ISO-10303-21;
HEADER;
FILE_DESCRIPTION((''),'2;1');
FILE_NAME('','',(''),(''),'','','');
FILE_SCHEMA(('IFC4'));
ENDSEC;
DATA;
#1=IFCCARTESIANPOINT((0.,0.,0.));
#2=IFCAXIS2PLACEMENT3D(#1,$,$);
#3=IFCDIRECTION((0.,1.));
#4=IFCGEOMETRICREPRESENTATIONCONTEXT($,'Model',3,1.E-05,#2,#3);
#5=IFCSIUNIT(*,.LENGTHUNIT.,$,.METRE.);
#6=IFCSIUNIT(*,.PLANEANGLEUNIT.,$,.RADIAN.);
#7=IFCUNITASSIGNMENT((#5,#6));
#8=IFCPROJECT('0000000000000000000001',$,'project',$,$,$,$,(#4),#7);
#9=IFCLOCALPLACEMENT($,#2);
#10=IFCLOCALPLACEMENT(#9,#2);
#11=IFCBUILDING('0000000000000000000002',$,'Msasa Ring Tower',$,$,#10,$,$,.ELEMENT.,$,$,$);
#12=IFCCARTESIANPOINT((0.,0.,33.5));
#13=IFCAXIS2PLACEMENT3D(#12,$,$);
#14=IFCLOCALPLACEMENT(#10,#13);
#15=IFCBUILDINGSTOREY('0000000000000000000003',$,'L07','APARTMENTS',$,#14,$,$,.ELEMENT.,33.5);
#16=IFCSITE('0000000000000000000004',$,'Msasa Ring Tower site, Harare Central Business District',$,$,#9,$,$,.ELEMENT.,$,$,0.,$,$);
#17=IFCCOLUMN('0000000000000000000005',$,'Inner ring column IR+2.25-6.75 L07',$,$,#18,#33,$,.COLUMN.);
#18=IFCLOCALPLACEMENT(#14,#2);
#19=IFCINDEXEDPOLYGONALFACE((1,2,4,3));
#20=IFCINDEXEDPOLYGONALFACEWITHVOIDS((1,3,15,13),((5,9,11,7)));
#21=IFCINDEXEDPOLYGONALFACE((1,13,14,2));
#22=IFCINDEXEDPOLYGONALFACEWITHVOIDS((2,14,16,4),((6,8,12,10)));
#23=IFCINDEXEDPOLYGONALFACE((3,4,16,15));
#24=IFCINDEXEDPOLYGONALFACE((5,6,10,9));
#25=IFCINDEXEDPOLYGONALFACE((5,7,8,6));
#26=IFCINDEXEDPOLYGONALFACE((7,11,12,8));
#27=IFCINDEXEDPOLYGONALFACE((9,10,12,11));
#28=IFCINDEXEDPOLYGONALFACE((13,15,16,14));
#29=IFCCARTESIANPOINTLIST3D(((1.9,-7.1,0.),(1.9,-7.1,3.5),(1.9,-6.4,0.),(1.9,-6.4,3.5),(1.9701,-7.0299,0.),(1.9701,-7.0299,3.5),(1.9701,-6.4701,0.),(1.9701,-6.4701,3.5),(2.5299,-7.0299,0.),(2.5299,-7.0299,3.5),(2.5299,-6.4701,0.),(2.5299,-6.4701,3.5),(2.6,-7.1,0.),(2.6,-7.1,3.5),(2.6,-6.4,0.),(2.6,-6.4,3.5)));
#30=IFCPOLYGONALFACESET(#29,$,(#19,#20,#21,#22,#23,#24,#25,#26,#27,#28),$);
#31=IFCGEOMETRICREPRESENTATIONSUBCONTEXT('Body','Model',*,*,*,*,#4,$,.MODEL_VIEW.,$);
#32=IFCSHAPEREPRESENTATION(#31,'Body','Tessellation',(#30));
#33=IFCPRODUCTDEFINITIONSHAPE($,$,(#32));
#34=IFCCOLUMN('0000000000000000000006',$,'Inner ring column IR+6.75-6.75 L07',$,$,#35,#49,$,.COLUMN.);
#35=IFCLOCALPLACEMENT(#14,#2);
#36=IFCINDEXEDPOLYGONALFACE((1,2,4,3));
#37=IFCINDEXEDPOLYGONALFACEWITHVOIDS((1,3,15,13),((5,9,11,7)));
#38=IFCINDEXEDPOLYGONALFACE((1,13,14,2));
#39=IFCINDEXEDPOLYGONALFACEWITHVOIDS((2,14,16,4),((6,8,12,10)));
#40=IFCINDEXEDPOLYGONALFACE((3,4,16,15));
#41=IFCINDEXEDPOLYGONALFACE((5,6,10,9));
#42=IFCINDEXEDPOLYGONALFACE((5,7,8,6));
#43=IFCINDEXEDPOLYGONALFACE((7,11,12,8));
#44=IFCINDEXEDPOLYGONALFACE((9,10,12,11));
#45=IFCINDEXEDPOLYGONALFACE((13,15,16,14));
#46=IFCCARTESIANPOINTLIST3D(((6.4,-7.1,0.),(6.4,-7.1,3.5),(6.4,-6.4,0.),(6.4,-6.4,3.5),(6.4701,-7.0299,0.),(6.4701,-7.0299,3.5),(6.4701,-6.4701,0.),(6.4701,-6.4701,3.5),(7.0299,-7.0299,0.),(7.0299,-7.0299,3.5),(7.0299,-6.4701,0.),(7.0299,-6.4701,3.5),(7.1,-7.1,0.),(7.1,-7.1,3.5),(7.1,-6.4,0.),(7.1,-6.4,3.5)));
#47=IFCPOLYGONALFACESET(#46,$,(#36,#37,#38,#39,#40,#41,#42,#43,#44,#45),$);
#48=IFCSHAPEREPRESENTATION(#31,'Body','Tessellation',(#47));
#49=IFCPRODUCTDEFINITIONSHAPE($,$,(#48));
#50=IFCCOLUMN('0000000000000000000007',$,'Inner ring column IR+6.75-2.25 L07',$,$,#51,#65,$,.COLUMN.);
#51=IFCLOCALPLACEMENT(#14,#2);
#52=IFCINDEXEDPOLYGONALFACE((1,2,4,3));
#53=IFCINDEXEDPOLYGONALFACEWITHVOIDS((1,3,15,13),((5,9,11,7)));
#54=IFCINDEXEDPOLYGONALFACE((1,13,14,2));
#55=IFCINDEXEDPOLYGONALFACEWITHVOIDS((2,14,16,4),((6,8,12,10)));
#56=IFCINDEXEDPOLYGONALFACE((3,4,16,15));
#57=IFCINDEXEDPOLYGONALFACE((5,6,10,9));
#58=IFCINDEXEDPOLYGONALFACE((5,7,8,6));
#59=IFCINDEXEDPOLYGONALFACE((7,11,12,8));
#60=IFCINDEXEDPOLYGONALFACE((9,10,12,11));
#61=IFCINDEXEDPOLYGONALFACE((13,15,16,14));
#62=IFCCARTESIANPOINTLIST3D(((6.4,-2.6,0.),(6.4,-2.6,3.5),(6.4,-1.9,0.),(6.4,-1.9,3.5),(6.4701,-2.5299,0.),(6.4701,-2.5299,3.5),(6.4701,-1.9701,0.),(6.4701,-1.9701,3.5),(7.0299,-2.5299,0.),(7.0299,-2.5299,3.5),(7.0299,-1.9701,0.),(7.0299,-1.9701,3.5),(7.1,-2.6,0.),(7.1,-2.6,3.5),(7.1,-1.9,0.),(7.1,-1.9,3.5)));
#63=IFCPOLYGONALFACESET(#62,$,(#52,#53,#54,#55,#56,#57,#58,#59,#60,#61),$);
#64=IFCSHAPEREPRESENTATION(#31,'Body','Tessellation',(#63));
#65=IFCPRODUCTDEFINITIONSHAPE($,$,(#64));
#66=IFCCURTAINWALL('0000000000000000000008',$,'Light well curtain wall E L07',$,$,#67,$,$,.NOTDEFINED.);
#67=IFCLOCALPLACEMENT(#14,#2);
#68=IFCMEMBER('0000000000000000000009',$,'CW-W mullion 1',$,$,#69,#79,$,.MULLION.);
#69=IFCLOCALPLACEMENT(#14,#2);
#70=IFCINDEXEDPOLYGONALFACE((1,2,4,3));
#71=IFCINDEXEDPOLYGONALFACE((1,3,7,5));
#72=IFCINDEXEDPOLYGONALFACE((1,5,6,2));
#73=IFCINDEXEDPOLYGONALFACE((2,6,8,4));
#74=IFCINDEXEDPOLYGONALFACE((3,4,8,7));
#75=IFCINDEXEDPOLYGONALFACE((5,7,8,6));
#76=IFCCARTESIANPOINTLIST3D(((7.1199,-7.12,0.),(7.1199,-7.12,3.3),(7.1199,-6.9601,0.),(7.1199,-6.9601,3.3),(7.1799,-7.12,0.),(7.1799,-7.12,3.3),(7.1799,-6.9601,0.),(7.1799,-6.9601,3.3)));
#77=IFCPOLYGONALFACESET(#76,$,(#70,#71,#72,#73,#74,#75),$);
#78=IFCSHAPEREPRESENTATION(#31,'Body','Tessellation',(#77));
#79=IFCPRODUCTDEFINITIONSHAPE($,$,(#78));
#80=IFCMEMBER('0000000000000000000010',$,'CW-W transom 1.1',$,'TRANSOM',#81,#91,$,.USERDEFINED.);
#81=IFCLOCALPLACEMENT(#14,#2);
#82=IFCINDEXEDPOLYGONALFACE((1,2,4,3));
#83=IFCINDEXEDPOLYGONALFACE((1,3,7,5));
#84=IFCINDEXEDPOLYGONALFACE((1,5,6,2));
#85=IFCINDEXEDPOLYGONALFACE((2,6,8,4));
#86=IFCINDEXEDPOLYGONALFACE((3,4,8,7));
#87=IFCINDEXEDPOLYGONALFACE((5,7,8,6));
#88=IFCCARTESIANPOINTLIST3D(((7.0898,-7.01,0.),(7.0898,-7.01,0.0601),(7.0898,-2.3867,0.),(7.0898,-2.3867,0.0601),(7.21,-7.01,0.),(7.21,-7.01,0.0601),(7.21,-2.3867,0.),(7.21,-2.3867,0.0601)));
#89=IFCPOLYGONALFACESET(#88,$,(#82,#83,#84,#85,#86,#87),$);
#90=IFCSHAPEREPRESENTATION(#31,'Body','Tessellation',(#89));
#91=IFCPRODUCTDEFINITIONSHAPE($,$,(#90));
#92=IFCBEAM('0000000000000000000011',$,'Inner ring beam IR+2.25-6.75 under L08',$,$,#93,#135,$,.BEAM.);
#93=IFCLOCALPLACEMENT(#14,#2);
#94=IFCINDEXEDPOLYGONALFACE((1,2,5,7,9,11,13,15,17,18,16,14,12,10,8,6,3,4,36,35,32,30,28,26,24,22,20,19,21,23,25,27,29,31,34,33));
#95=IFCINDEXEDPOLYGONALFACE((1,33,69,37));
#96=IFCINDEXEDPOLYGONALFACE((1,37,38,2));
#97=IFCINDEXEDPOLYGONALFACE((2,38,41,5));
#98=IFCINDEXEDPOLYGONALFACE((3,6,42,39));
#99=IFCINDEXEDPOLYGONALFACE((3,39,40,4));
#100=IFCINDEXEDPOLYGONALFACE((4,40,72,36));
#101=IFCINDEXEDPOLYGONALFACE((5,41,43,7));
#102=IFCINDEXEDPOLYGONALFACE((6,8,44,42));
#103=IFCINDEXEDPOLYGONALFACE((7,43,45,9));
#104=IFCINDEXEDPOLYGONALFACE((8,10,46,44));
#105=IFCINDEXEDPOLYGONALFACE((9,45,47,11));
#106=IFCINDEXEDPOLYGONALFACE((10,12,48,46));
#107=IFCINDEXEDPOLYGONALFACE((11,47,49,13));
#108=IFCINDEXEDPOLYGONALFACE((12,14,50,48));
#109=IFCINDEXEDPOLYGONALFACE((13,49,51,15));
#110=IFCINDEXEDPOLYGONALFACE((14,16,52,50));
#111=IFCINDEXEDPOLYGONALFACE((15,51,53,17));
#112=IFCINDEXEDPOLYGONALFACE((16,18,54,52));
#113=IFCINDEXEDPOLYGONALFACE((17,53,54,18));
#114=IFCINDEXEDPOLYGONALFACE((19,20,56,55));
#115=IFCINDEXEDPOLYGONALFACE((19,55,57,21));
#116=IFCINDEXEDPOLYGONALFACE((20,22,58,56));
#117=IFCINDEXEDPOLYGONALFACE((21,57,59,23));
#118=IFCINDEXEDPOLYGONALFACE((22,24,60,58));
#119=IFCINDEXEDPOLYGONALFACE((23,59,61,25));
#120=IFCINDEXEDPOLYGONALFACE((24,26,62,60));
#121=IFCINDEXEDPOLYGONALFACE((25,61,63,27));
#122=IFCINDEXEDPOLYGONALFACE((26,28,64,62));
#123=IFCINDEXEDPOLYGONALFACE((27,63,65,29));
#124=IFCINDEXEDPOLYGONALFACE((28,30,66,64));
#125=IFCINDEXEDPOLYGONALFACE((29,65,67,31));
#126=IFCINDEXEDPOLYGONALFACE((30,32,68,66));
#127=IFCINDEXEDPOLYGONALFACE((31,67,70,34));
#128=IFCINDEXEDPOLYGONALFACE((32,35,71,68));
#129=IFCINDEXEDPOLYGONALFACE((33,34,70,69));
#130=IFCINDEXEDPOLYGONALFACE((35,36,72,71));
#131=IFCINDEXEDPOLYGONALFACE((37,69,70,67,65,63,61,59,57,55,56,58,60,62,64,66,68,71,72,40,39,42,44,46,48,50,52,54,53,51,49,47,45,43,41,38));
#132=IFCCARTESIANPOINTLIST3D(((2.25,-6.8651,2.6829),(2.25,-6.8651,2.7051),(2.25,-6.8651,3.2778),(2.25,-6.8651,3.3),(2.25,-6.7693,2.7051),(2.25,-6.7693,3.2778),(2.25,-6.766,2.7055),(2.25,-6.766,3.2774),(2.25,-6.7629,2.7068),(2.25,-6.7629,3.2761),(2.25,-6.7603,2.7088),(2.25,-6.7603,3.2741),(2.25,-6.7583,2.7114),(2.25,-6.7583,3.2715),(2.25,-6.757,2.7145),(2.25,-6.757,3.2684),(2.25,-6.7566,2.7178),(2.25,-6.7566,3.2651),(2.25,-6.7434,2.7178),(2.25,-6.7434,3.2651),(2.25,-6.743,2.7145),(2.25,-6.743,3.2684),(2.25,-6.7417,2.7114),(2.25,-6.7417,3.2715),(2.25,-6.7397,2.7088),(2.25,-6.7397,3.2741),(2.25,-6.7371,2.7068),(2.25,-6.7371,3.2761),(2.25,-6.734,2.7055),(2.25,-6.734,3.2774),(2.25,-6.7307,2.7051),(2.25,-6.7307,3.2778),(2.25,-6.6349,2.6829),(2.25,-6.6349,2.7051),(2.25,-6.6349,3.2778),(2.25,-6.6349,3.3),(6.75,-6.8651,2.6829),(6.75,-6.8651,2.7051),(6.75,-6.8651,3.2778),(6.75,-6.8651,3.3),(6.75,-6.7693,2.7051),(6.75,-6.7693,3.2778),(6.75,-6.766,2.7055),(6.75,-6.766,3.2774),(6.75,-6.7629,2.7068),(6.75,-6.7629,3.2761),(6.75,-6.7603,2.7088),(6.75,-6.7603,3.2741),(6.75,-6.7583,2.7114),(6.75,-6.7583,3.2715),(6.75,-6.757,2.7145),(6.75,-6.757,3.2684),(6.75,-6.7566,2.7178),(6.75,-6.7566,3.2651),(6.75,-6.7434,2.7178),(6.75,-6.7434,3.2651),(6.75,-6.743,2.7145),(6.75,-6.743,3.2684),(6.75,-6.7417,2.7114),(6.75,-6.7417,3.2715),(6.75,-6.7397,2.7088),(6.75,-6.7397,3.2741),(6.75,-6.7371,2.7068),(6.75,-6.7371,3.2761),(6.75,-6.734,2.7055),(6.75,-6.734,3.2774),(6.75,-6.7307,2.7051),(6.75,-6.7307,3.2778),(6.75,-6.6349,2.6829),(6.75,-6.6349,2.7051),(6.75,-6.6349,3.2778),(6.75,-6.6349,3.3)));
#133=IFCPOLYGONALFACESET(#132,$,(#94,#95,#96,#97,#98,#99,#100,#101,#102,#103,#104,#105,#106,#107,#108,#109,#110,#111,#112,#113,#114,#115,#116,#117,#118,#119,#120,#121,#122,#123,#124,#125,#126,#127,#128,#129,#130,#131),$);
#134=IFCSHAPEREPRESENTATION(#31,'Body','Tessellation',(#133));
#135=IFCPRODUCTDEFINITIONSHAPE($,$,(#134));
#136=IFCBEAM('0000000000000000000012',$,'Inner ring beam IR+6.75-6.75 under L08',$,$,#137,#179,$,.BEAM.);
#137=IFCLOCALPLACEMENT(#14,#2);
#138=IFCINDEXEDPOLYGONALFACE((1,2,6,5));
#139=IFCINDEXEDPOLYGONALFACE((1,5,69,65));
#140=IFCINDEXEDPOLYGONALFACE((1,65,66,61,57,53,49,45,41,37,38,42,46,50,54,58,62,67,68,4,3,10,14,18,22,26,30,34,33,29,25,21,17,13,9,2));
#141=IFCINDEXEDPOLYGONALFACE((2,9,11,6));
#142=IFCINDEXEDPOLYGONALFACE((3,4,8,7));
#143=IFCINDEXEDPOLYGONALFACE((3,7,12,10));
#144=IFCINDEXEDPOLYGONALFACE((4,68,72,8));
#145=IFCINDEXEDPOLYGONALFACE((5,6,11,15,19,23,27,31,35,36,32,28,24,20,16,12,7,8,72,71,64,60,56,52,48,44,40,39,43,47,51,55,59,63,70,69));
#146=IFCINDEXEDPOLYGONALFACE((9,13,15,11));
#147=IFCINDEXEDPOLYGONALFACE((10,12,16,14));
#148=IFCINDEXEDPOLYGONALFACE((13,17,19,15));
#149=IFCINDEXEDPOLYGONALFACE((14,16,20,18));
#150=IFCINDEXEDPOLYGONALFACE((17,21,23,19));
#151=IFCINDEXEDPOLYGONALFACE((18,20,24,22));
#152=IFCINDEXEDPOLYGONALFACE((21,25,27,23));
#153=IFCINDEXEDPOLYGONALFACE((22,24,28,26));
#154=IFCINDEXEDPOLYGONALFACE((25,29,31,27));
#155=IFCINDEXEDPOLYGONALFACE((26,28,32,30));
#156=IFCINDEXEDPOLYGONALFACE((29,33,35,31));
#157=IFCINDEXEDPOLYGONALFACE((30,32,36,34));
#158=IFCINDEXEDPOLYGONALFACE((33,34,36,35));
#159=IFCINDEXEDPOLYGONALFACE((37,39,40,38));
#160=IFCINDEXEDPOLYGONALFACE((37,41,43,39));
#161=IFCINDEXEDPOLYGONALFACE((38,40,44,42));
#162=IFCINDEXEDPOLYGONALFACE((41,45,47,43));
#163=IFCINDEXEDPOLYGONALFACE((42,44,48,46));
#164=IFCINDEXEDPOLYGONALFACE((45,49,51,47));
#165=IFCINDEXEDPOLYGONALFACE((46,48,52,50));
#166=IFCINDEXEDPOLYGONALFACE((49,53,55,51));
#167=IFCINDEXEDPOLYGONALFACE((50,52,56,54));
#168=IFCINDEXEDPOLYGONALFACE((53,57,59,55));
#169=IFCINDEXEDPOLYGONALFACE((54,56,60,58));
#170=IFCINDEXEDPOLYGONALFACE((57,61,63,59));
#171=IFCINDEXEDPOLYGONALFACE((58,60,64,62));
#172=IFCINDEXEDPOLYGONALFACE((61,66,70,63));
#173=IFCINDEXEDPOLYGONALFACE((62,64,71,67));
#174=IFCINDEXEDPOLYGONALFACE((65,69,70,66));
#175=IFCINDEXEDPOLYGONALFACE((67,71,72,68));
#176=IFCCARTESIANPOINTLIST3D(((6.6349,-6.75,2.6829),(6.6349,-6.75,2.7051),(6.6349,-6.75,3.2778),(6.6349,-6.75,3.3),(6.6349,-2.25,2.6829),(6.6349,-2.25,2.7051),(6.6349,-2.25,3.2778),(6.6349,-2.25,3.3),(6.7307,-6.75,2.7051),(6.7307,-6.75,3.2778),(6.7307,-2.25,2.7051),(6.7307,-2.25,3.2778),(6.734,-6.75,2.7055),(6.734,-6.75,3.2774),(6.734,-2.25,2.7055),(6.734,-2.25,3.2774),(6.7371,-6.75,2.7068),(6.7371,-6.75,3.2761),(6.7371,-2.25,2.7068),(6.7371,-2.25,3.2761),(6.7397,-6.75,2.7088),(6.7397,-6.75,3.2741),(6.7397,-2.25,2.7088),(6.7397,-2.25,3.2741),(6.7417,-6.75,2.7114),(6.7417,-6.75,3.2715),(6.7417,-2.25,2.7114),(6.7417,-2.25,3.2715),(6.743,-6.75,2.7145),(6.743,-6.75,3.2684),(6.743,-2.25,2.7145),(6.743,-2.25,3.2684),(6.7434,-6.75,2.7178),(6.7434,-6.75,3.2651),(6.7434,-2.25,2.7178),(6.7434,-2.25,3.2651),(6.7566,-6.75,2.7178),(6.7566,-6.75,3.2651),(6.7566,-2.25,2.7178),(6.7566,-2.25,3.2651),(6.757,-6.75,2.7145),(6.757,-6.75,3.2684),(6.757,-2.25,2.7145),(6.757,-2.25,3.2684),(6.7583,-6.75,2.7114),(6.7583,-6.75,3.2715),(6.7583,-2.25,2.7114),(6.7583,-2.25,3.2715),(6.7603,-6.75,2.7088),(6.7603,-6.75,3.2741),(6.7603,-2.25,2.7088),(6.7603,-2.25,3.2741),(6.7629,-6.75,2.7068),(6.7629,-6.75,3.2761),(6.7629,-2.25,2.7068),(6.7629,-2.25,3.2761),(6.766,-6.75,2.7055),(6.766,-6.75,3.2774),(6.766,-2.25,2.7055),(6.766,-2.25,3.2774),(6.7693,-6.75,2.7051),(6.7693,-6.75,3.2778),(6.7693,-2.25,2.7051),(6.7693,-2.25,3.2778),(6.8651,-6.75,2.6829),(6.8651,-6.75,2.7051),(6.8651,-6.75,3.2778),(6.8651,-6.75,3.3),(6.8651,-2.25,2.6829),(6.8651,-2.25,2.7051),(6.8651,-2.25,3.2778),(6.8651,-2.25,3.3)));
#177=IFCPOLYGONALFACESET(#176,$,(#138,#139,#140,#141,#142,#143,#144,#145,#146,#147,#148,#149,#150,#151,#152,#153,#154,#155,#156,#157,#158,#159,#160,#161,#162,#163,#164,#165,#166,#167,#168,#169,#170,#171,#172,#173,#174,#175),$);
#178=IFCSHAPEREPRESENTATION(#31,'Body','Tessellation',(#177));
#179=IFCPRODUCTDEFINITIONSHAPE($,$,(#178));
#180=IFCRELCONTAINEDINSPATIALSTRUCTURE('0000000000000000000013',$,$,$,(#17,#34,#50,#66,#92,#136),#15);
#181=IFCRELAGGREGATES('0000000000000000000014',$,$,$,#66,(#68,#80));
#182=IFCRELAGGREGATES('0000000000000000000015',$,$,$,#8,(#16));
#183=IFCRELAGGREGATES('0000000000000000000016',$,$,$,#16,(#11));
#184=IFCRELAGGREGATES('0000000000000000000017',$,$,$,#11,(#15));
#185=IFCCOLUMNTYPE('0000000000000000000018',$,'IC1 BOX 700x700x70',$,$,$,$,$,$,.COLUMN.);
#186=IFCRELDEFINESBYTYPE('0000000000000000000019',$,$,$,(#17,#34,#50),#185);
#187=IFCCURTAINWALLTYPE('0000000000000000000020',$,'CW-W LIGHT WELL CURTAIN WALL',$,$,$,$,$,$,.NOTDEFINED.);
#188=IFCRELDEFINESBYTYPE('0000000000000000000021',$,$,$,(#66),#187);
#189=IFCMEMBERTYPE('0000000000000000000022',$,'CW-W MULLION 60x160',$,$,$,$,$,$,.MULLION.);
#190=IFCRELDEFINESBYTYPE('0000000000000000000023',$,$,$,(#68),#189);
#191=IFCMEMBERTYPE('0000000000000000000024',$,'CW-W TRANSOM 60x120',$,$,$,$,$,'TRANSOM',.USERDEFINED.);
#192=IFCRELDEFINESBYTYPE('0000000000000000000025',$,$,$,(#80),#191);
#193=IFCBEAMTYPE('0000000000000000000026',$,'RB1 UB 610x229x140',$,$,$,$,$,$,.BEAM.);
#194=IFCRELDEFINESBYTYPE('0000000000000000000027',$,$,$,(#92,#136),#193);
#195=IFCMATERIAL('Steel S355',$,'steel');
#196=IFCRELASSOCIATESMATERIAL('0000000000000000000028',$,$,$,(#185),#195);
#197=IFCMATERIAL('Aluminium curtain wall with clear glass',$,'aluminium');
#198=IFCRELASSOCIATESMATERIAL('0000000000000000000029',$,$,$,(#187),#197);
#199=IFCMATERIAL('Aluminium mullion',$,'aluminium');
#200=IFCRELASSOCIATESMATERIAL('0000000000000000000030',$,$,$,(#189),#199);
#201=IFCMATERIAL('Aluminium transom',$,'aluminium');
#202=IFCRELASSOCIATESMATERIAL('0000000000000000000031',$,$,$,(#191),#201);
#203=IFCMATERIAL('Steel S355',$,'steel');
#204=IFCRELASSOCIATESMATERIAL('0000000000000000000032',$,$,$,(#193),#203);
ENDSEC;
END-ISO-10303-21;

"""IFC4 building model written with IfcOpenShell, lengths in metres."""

from ifc_helpers import new_model, si_unit, direction, frame, origin, origin_2d, place, context, subcontext, project, spatial, rectangle, hollow_rectangle, i_section, extrude, material, material_profile, profile_set, type_object, element, aggregate, save


model = new_model("IFC4")

# Units and contexts
model_context = context("Model", 3, precision=1e-05, world=origin(), true_north=direction((0.0, 1.0)))
body_context = subcontext(model_context, "Body", "Model", "MODEL_VIEW")
ifc_project = project(units=[si_unit("LENGTHUNIT", "METRE"), si_unit("PLANEANGLEUNIT", "RADIAN")], contexts=[model_context])

# Site, building, storey
site_placement = place(None, origin())
site = spatial("IfcSite", under=ifc_project, at=site_placement, Name="Msasa Ring Tower site, Harare Central Business District", CompositionType="ELEMENT", RefElevation=0.0)
building_placement = place(site_placement, origin())
building = spatial("IfcBuilding", under=site, at=building_placement, Name="Msasa Ring Tower", CompositionType="ELEMENT")
storey_placement = place(building_placement, frame((0.0, 0.0, 33.5)))
storey = spatial("IfcBuildingStorey", under=building, at=storey_placement, Name="L07", Description="APARTMENTS", CompositionType="ELEMENT", Elevation=33.5)

# Columns
ifc_material_1 = material(Name="Steel S355", Category="steel")
ifc_material_profile_1 = material_profile(ifc_material_1, hollow_rectangle(XDim=0.7, YDim=0.7, WallThickness=0.0701, at=origin_2d()), Name="BOX 700x700x70")
ifc_profile_set_1 = profile_set([ifc_material_profile_1], Name="Steel S355")
column_type = type_object("IfcColumnType", Name="IC1 BOX 700x700x70", PredefinedType="COLUMN", material=ifc_profile_set_1)
for number, where, z_axis, x_axis, name in (
    (1, (2.25, -6.75, 0.0), (0.0, 0.0, 1.0), (1.0, 0.0, 0.0), "Inner ring column IR+2.25-6.75 L07"),
    (2, (6.75, -6.75, 0.0), (0.0, 0.0, 1.0), (1.0, 0.0, 0.0), "Inner ring column IR+6.75-6.75 L07"),
    (3, (6.75, -2.25, 0.0), (0.0, 0.0, 1.0), (1.0, 0.0, 0.0), "Inner ring column IR+6.75-2.25 L07"),
):
    element("IfcColumn", number, at=place(storey_placement, frame(where, z_axis=z_axis, x_axis=x_axis)), inside=storey, type_object=column_type, Name=name, PredefinedType="COLUMN", context=body_context, shape_type="SweptSolid", body=[
        extrude(hollow_rectangle(XDim=0.7, YDim=0.7, WallThickness=0.0701, at=origin_2d()), origin(), (0.0, 0.0, 1.0), 3.5),
    ])

# Curtain wall, members
ifc_material_2 = material(Name="Aluminium curtain wall with clear glass", Category="aluminium")
curtain_wall_type = type_object("IfcCurtainWallType", Name="CW-W LIGHT WELL CURTAIN WALL", PredefinedType="NOTDEFINED", material=ifc_material_2)
curtain_wall_1_placement = place(storey_placement, origin())
curtain_wall_1 = element("IfcCurtainWall", 4, at=curtain_wall_1_placement, inside=storey, type_object=curtain_wall_type, Name="Light well curtain wall E L07", PredefinedType="NOTDEFINED")
ifc_material_3 = material(Name="Aluminium mullion", Category="aluminium")
ifc_material_profile_2 = material_profile(ifc_material_3, rectangle(XDim=0.0601, YDim=0.1599, at=origin_2d()), Name="AL 60x160")
ifc_profile_set_2 = profile_set([ifc_material_profile_2], Name="Aluminium mullion")
member_type_1 = type_object("IfcMemberType", Name="CW-W MULLION 60x160", PredefinedType="MULLION", material=ifc_profile_set_2)
member_1_placement = place(storey_placement, frame((7.1499, -7.04, 0.0), z_axis=(0.0, 0.0, 1.0), x_axis=(-1.0, 0.0, 0.0)))
member_1 = element("IfcMember", 5, at=member_1_placement, type_object=member_type_1, Name="CW-W mullion 1", PredefinedType="MULLION", context=body_context, shape_type="SweptSolid", body=[
    extrude(rectangle(XDim=0.0601, YDim=0.1599, at=origin_2d()), origin(), (0.0, 0.0, 1.0), 3.3),
])
ifc_material_4 = material(Name="Aluminium transom", Category="aluminium")
ifc_material_profile_3 = material_profile(ifc_material_4, rectangle(XDim=0.1201, YDim=0.0601, at=origin_2d()), Name="AL 60x120")
ifc_profile_set_3 = profile_set([ifc_material_profile_3], Name="Aluminium transom")
member_type_2 = type_object("IfcMemberType", Name="CW-W TRANSOM 60x120", ElementType="TRANSOM", PredefinedType="USERDEFINED", material=ifc_profile_set_3)
member_2_placement = place(storey_placement, frame((7.1499, -7.01, 0.03), z_axis=(0.0, 1.0, 0.0), x_axis=(-1.0, 0.0, 0.0)))
member_2 = element("IfcMember", 6, at=member_2_placement, type_object=member_type_2, Name="CW-W transom 1.1", ObjectType="TRANSOM", PredefinedType="USERDEFINED", context=body_context, shape_type="SweptSolid", body=[
    extrude(rectangle(XDim=0.1201, YDim=0.0601, at=origin_2d()), origin(), (0.0, 0.0, 1.0), 4.6233),
])
aggregate(curtain_wall_1, [member_1, member_2])

# Beams
ifc_material_5 = material(Name="Steel S355", Category="steel")
ifc_material_profile_4 = material_profile(ifc_material_5, i_section(OverallWidth=0.2302, OverallDepth=0.6172, WebThickness=0.0132, FlangeThickness=0.0222, FilletRadius=0.0127, at=origin_2d()), Name="UB 610x229x140")
ifc_profile_set_4 = profile_set([ifc_material_profile_4], Name="Steel S355")
beam_type = type_object("IfcBeamType", Name="RB1 UB 610x229x140", PredefinedType="BEAM", material=ifc_profile_set_4)
for number, where, z_axis, x_axis, name in (
    (7, (2.25, -6.75, 2.9915), (1.0, 0.0, 0.0), (0.0, 1.0, 0.0), "Inner ring beam IR+2.25-6.75 under L08"),
    (8, (6.75, -6.75, 2.9915), (0.0, 1.0, 0.0), (-1.0, 0.0, 0.0), "Inner ring beam IR+6.75-6.75 under L08"),
):
    element("IfcBeam", number, at=place(storey_placement, frame(where, z_axis=z_axis, x_axis=x_axis)), inside=storey, type_object=beam_type, Name=name, PredefinedType="BEAM", context=body_context, shape_type="SweptSolid", body=[
        extrude(i_section(OverallWidth=0.2302, OverallDepth=0.6172, WebThickness=0.0132, FlangeThickness=0.0222, FilletRadius=0.0127, at=origin_2d()), origin(), (0.0, 0.0, 1.0), 4.5),
    ])

save(model, "model.ifc")
